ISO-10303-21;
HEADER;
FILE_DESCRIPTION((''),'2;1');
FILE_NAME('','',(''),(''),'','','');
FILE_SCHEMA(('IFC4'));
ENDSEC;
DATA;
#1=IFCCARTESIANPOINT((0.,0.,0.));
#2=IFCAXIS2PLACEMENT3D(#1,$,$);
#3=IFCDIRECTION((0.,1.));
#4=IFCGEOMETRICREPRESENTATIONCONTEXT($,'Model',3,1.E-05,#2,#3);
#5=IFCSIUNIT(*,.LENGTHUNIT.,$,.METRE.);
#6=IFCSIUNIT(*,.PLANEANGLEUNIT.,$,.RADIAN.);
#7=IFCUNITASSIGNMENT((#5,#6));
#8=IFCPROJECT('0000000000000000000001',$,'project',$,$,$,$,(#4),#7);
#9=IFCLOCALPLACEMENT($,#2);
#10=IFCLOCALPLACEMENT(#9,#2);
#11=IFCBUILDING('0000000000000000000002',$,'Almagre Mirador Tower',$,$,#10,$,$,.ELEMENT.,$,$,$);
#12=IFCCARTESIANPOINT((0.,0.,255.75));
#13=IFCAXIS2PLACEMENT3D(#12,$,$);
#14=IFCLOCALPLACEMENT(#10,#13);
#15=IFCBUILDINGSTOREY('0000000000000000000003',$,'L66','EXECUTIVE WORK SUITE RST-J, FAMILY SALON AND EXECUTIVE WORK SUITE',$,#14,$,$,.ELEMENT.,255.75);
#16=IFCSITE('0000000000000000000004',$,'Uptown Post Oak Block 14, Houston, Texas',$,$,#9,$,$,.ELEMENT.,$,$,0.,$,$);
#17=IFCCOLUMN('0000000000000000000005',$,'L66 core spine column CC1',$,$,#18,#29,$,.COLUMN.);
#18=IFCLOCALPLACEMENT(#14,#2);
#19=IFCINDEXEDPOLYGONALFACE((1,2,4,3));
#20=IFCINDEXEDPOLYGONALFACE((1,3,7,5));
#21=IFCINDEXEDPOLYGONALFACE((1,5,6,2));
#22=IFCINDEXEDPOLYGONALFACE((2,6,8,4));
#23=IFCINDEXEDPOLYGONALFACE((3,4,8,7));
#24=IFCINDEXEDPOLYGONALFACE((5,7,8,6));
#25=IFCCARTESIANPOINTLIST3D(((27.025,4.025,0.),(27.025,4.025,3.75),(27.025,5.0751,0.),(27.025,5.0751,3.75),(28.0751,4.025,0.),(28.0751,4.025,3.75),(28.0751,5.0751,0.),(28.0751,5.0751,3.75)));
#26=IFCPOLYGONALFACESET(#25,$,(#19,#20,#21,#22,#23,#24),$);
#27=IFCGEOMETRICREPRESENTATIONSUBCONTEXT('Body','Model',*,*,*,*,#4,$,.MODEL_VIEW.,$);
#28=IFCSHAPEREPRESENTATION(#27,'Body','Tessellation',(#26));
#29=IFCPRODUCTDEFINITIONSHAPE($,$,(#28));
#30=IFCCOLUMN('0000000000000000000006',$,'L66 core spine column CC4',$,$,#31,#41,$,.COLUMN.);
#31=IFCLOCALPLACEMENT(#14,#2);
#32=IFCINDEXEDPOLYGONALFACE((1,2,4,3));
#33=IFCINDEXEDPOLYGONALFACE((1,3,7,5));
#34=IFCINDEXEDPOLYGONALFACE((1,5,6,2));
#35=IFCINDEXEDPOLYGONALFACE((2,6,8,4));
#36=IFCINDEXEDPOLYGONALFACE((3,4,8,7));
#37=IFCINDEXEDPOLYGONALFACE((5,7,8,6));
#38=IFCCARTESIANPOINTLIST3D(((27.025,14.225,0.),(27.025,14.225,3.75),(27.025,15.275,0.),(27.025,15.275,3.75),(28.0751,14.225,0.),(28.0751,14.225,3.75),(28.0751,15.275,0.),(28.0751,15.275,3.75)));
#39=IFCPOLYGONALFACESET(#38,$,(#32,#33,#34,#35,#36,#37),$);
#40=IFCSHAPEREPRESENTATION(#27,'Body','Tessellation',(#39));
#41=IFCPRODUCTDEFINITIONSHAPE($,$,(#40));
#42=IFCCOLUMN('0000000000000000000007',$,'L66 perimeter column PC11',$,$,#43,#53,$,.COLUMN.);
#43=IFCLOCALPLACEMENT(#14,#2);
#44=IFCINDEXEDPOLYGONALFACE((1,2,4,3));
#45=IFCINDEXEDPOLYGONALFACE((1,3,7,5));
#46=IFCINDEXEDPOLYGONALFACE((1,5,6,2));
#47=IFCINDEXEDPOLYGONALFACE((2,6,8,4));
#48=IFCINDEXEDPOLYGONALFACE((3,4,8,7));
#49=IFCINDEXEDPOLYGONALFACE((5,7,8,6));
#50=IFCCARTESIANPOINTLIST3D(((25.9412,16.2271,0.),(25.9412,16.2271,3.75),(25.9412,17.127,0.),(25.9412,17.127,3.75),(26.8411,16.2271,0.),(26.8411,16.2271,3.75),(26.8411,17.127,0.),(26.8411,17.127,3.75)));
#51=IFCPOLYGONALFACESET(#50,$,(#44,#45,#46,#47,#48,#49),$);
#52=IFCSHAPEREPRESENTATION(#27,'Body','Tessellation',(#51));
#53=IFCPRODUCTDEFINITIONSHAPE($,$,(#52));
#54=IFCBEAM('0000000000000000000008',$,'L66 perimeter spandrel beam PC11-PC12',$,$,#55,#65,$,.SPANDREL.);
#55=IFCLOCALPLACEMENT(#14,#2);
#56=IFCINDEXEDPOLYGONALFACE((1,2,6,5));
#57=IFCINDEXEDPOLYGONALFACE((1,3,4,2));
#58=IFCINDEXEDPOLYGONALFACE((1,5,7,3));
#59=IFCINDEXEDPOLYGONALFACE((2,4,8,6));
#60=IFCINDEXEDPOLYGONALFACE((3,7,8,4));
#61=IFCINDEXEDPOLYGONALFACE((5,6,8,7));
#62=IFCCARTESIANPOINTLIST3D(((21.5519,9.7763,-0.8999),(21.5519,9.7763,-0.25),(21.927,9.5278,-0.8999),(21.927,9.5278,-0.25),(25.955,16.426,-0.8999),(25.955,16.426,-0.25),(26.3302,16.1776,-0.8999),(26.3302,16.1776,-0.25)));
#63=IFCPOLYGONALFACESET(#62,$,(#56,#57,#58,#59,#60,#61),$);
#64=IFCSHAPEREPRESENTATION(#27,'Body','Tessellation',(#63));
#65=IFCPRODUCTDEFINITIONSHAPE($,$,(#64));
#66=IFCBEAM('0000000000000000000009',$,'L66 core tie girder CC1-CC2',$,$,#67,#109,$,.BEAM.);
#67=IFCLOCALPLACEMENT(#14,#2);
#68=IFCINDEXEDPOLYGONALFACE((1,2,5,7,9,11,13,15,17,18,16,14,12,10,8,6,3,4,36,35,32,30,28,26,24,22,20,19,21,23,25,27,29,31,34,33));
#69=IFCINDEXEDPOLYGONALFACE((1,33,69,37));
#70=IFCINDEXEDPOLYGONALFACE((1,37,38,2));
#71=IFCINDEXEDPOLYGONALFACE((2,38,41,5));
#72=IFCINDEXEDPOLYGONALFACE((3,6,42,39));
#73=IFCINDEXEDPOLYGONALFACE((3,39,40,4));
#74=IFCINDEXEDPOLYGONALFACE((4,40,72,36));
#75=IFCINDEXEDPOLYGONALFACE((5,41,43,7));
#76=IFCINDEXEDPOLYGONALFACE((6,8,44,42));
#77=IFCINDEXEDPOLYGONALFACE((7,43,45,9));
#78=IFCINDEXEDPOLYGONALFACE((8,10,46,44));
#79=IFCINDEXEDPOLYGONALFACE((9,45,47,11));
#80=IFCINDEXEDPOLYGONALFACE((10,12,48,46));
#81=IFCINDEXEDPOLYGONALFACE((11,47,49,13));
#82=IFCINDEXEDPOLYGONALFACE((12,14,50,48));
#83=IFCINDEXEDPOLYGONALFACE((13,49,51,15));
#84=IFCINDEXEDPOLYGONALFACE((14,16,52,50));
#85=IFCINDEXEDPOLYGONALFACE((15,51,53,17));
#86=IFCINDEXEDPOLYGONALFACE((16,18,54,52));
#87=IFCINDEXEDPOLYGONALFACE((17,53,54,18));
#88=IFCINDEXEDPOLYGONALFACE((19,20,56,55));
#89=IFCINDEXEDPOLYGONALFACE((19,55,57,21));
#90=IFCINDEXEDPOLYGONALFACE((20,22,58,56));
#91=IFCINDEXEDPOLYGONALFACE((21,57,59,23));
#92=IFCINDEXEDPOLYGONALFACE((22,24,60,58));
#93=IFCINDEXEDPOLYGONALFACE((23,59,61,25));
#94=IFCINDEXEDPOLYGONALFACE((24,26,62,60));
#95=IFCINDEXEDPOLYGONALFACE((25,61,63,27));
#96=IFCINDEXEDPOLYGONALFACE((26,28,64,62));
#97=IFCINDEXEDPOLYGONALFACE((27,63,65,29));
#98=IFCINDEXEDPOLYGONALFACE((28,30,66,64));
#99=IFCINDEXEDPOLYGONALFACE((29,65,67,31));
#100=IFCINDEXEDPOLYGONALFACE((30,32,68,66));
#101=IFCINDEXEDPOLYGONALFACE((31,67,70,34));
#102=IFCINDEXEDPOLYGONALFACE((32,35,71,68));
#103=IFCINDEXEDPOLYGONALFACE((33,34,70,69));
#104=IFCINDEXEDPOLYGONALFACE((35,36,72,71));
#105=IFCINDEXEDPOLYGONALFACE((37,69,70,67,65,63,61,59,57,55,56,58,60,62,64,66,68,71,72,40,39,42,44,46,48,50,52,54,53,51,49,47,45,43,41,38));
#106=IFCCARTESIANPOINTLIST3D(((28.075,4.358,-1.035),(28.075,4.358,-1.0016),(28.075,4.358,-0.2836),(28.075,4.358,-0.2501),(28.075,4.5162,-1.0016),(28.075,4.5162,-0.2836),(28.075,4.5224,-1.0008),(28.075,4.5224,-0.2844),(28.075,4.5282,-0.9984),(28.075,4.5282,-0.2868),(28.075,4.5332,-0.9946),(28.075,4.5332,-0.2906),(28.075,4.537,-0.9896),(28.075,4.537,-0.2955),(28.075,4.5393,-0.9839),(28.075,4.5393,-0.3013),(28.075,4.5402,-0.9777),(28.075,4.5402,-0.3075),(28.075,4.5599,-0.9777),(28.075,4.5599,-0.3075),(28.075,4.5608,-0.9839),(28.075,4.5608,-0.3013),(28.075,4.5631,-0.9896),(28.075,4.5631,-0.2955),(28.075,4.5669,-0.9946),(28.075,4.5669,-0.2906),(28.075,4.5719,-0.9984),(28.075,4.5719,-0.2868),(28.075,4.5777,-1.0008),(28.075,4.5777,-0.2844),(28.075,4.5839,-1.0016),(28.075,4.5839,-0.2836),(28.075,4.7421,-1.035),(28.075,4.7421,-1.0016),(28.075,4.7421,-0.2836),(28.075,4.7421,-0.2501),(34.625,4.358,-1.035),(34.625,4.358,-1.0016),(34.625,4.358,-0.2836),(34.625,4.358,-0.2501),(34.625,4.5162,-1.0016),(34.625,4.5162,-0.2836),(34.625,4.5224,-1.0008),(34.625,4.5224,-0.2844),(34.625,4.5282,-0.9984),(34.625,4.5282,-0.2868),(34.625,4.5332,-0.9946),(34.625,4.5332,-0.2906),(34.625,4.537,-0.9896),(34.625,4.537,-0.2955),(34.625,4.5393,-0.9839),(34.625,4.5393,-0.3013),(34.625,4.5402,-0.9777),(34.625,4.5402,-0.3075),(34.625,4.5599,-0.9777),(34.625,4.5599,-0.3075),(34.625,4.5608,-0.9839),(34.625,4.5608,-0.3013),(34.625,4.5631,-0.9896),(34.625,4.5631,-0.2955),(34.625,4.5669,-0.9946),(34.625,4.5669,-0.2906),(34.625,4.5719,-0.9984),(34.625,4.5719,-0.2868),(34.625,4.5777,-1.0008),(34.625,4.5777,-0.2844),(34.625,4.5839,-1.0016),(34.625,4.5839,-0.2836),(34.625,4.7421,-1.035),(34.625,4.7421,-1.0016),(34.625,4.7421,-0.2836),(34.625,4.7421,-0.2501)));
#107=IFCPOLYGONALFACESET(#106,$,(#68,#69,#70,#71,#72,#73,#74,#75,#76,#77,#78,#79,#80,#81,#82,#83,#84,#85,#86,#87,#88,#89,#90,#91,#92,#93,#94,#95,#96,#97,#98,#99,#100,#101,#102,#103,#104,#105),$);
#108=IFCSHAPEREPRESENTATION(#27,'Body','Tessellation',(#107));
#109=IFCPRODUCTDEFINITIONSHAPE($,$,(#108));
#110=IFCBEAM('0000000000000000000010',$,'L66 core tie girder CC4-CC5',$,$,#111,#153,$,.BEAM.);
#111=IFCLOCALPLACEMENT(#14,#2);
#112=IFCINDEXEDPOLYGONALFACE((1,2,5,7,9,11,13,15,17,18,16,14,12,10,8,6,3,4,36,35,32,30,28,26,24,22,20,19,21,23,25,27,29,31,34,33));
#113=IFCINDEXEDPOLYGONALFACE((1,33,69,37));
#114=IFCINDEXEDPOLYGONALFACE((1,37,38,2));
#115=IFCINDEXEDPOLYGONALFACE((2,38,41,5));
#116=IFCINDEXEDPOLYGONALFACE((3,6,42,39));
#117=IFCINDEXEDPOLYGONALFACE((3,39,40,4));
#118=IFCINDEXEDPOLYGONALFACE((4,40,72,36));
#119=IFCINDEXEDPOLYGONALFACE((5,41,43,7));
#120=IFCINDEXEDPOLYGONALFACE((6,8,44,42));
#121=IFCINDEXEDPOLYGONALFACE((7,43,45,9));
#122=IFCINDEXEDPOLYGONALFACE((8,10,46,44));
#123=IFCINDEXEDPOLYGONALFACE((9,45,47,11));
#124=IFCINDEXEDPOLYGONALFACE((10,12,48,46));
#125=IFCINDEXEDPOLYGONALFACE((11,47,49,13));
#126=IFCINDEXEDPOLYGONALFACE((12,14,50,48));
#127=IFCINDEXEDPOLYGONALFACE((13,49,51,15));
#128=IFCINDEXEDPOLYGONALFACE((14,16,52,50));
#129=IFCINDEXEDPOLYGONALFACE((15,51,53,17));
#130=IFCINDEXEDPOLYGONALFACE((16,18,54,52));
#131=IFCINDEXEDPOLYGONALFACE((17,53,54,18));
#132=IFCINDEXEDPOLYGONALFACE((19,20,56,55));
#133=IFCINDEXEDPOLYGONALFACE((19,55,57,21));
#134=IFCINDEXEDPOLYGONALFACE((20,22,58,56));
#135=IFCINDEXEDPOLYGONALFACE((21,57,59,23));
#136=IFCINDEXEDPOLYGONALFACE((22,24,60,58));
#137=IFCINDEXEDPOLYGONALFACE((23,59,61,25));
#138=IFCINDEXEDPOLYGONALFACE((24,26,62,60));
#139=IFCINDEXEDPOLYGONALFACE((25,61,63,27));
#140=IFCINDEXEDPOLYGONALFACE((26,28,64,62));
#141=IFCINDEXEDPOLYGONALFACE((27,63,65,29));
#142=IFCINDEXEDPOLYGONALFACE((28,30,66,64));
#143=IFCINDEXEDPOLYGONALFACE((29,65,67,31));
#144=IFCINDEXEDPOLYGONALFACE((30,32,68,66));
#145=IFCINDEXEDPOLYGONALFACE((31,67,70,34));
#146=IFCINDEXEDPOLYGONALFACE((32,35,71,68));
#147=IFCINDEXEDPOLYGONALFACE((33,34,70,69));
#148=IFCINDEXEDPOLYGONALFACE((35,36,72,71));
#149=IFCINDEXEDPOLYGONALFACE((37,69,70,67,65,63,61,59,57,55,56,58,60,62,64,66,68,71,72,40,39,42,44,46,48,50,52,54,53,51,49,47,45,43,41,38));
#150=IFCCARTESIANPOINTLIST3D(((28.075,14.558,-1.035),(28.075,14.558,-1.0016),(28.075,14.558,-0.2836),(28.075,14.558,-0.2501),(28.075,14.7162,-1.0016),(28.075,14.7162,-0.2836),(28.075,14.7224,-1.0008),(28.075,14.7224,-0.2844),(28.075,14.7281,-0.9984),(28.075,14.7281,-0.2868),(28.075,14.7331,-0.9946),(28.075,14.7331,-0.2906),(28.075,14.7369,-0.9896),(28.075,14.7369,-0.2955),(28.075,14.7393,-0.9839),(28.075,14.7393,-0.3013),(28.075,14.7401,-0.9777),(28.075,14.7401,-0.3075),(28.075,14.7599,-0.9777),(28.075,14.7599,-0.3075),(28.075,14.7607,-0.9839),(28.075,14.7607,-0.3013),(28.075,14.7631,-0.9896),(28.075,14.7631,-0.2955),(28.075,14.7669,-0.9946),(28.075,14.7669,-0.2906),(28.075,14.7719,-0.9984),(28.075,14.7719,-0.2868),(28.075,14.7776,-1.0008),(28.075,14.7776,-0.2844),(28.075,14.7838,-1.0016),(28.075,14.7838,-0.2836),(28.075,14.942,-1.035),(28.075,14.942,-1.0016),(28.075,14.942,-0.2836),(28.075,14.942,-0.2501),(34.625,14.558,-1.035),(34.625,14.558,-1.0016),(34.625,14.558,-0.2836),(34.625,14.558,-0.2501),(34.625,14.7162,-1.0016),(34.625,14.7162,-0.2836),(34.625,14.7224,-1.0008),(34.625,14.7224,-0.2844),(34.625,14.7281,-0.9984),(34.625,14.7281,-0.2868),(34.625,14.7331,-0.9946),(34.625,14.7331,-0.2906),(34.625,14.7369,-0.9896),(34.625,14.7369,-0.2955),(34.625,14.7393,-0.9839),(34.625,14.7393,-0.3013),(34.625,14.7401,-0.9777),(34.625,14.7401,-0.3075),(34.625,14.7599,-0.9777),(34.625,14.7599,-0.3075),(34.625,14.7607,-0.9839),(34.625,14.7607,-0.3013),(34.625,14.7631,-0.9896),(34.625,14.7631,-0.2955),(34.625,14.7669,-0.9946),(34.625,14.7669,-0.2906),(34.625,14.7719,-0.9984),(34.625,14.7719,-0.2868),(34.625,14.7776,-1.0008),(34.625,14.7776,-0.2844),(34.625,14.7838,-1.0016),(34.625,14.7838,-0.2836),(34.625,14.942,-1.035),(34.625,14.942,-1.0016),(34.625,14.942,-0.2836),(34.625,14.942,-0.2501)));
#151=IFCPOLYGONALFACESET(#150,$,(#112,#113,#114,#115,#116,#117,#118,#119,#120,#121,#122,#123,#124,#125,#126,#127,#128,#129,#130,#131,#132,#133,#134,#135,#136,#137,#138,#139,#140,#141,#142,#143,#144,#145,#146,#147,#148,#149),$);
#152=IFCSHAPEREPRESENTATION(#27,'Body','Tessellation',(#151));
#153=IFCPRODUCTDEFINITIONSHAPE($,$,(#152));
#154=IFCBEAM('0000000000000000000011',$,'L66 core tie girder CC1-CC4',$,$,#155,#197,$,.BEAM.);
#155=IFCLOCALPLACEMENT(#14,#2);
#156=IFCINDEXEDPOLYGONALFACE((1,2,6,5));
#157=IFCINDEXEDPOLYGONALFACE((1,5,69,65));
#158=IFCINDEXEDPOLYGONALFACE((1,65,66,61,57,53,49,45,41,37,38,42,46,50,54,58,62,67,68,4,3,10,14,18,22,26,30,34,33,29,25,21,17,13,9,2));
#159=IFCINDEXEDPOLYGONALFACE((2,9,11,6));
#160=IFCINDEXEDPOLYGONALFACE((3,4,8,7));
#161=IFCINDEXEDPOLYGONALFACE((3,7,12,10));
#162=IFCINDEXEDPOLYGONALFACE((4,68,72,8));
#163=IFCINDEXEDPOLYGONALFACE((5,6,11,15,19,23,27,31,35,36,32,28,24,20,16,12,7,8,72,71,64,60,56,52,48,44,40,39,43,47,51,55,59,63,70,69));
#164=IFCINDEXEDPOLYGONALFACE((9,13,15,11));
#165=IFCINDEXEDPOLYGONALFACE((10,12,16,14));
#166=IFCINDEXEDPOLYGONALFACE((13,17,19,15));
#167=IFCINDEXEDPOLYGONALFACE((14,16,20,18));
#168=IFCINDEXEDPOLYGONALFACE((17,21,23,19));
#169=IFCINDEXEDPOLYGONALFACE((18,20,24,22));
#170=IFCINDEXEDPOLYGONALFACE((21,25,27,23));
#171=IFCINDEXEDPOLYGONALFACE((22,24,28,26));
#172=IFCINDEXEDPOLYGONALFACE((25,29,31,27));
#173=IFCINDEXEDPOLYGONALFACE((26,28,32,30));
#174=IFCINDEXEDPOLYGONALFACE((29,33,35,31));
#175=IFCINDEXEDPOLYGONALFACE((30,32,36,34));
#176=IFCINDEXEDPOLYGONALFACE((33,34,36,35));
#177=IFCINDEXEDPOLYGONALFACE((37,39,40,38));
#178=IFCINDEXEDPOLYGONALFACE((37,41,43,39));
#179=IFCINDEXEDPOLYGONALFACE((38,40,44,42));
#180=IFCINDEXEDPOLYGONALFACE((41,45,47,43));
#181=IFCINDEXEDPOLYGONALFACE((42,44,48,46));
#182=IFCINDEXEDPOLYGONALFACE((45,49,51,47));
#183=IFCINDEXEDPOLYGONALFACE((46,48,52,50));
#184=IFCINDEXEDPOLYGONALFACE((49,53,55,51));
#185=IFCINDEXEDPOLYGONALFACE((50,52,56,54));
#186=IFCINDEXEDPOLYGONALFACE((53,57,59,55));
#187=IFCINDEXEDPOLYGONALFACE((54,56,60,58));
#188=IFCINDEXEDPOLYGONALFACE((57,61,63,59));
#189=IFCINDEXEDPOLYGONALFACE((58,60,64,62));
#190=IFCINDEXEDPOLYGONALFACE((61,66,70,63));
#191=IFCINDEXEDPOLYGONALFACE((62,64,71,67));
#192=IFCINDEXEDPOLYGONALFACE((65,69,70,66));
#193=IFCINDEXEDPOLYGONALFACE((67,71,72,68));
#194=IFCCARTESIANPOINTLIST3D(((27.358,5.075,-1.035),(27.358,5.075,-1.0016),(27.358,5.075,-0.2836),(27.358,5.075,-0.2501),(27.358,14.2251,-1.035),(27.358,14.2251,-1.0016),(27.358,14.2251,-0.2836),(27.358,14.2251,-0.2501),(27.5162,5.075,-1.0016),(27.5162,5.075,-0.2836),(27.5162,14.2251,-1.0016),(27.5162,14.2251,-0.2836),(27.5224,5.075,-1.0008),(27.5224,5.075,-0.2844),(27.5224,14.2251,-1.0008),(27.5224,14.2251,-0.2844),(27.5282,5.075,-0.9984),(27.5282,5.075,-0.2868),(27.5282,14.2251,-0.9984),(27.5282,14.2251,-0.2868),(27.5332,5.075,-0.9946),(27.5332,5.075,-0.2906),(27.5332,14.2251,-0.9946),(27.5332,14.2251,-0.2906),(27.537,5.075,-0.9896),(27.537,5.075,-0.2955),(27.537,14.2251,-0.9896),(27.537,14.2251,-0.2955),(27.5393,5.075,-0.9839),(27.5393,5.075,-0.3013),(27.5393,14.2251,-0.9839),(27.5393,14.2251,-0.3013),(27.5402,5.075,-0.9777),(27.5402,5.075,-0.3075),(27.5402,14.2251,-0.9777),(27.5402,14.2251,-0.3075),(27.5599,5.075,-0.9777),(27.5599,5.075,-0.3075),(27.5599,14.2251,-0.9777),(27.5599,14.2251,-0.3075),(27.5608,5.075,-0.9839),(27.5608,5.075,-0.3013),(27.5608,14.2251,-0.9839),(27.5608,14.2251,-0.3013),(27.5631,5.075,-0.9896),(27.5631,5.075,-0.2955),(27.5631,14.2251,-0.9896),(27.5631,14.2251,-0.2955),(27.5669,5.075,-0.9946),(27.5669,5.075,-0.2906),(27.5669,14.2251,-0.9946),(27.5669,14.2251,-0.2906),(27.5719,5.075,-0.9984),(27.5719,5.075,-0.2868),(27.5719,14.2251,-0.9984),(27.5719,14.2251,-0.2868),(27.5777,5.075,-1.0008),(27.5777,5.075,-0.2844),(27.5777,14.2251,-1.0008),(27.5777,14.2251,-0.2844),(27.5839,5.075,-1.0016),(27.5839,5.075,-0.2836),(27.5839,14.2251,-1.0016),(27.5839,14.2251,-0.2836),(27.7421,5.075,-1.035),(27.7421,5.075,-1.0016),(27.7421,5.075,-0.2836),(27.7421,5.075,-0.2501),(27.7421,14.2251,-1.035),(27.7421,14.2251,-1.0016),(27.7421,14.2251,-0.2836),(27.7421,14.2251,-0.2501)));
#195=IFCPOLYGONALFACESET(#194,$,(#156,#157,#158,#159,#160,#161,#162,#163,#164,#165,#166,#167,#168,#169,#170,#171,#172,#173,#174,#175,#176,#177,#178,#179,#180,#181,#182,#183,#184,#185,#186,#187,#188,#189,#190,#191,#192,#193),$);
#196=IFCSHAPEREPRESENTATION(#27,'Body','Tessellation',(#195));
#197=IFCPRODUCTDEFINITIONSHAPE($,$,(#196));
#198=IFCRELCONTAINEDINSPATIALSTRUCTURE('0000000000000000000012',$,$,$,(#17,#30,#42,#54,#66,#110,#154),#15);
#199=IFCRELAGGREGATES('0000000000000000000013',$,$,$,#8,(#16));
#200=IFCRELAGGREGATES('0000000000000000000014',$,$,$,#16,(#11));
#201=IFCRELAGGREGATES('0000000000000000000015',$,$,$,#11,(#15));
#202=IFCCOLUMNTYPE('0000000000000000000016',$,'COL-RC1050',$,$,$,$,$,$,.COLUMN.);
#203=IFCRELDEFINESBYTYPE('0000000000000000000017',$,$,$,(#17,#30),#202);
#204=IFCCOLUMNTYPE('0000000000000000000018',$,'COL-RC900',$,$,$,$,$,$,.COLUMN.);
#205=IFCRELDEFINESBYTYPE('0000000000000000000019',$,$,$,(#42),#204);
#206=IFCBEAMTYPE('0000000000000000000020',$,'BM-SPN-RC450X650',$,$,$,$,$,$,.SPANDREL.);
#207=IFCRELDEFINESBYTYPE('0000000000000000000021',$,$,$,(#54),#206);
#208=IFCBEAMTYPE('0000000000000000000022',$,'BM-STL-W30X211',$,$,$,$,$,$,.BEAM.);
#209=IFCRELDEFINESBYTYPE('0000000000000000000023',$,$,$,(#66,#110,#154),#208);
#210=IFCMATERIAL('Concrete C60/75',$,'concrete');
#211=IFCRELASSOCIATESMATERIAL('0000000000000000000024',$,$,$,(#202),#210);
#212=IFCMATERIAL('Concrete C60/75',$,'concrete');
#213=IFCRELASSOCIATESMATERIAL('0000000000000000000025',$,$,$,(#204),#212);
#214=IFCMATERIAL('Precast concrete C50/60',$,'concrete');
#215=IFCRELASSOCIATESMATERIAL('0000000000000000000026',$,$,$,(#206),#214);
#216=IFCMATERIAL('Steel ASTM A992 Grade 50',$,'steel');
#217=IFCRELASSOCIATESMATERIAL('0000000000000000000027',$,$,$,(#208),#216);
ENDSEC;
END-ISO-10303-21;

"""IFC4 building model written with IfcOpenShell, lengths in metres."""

from ifc_helpers import new_model, si_unit, direction, frame, origin, origin_2d, place, context, subcontext, project, spatial, rectangle, i_section, extrude, material, material_profile, profile_set, type_object, element, save


model = new_model("IFC4")

# Units and contexts
model_context = context("Model", 3, precision=1e-05, world=origin(), true_north=direction((0.0, 1.0)))
body_context = subcontext(model_context, "Body", "Model", "MODEL_VIEW")
ifc_project = project(units=[si_unit("LENGTHUNIT", "METRE"), si_unit("PLANEANGLEUNIT", "RADIAN")], contexts=[model_context])

# Site, building, storey
site_placement = place(None, origin())
site = spatial("IfcSite", under=ifc_project, at=site_placement, Name="Uptown Post Oak Block 14, Houston, Texas", CompositionType="ELEMENT", RefElevation=0.0)
building_placement = place(site_placement, origin())
building = spatial("IfcBuilding", under=site, at=building_placement, Name="Almagre Mirador Tower", CompositionType="ELEMENT")
storey_placement = place(building_placement, frame((0.0, 0.0, 255.75)))
storey = spatial("IfcBuildingStorey", under=building, at=storey_placement, Name="L66", Description="EXECUTIVE WORK SUITE RST-J, FAMILY SALON AND EXECUTIVE WORK SUITE", CompositionType="ELEMENT", Elevation=255.75)

# Columns
ifc_material_1 = material(Name="Concrete C60/75", Category="concrete")
ifc_material_profile_1 = material_profile(ifc_material_1, rectangle(XDim=1.05, YDim=1.05, at=origin_2d()), Name="RC1050X1050")
ifc_profile_set_1 = profile_set([ifc_material_profile_1], Name="Concrete C60/75")
column_type_1 = type_object("IfcColumnType", Name="COL-RC1050", PredefinedType="COLUMN", material=ifc_profile_set_1)
for number, where, z_axis, x_axis, name in (
    (1, (27.55, 4.55, 0.0), (0.0, 0.0, 1.0), (1.0, 0.0, 0.0), "L66 core spine column CC1"),
    (2, (27.55, 14.75, 0.0), (0.0, 0.0, 1.0), (1.0, 0.0, 0.0), "L66 core spine column CC4"),
):
    element("IfcColumn", number, at=place(storey_placement, frame(where, z_axis=z_axis, x_axis=x_axis)), inside=storey, type_object=column_type_1, Name=name, PredefinedType="COLUMN", context=body_context, shape_type="SweptSolid", body=[
        extrude(rectangle(XDim=1.05, YDim=1.05, at=origin_2d()), origin(), (0.0, 0.0, 1.0), 3.75),
    ])
ifc_material_2 = material(Name="Concrete C60/75", Category="concrete")
ifc_material_profile_2 = material_profile(ifc_material_2, rectangle(XDim=0.8999, YDim=0.8999, at=origin_2d()), Name="RC900X900")
ifc_profile_set_2 = profile_set([ifc_material_profile_2], Name="Concrete C60/75")
column_type_2 = type_object("IfcColumnType", Name="COL-RC900", PredefinedType="COLUMN", material=ifc_profile_set_2)
column_placement = place(storey_placement, frame((26.3911, 16.677, 0.0), z_axis=(0.0, 0.0, 1.0), x_axis=(1.0, 0.0, 0.0)))
element("IfcColumn", 3, at=column_placement, inside=storey, type_object=column_type_2, Name="L66 perimeter column PC11", PredefinedType="COLUMN", context=body_context, shape_type="SweptSolid", body=[
    extrude(rectangle(XDim=0.8999, YDim=0.8999, at=origin_2d()), origin(), (0.0, 0.0, 1.0), 3.75),
])

# Beams
ifc_material_3 = material(Name="Precast concrete C50/60", Category="concrete")
ifc_material_profile_3 = material_profile(ifc_material_3, rectangle(XDim=0.45, YDim=0.6499, at=origin_2d()), Name="RC450X650")
ifc_profile_set_3 = profile_set([ifc_material_profile_3], Name="Precast concrete C50/60")
beam_type_1 = type_object("IfcBeamType", Name="BM-SPN-RC450X650", PredefinedType="SPANDREL", material=ifc_profile_set_3)
beam_1_placement = place(storey_placement, frame((26.1426, 16.3018, -0.575), z_axis=(-0.552091, -0.833784, 0.0), x_axis=(0.833784, -0.552091, 0.0)))
element("IfcBeam", 4, at=beam_1_placement, inside=storey, type_object=beam_type_1, Name="L66 perimeter spandrel beam PC11-PC12", PredefinedType="SPANDREL", context=body_context, shape_type="SweptSolid", body=[
    extrude(rectangle(XDim=0.45, YDim=0.6499, at=origin_2d()), origin(), (0.0, 0.0, 1.0), 7.9753),
])
ifc_material_4 = material(Name="Steel ASTM A992 Grade 50", Category="steel")
ifc_material_profile_4 = material_profile(ifc_material_4, i_section(OverallWidth=0.384, OverallDepth=0.7849, WebThickness=0.0198, FlangeThickness=0.0334, FilletRadius=0.0239, at=origin_2d()), Name="W30X211")
ifc_profile_set_4 = profile_set([ifc_material_profile_4], Name="Steel ASTM A992 Grade 50")
beam_type_2 = type_object("IfcBeamType", Name="BM-STL-W30X211", PredefinedType="BEAM", material=ifc_profile_set_4)
for number, where, z_axis, x_axis, name in (
    (5, (28.075, 4.55, -0.6426), (1.0, 0.0, 0.0), (0.0, 1.0, 0.0), "L66 core tie girder CC1-CC2"),
    (6, (28.075, 14.75, -0.6426), (1.0, 0.0, 0.0), (0.0, 1.0, 0.0), "L66 core tie girder CC4-CC5"),
):
    element("IfcBeam", number, at=place(storey_placement, frame(where, z_axis=z_axis, x_axis=x_axis)), inside=storey, type_object=beam_type_2, Name=name, PredefinedType="BEAM", context=body_context, shape_type="SweptSolid", body=[
        extrude(i_section(OverallWidth=0.384, OverallDepth=0.7849, WebThickness=0.0198, FlangeThickness=0.0334, FilletRadius=0.0239, at=origin_2d()), origin(), (0.0, 0.0, 1.0), 6.55),
    ])
beam_2_placement = place(storey_placement, frame((27.55, 5.075, -0.6426), z_axis=(0.0, 1.0, 0.0), x_axis=(-1.0, 0.0, 0.0)))
element("IfcBeam", 7, at=beam_2_placement, inside=storey, type_object=beam_type_2, Name="L66 core tie girder CC1-CC4", PredefinedType="BEAM", context=body_context, shape_type="SweptSolid", body=[
    extrude(i_section(OverallWidth=0.384, OverallDepth=0.7849, WebThickness=0.0198, FlangeThickness=0.0334, FilletRadius=0.0239, at=origin_2d()), origin(), (0.0, 0.0, 1.0), 9.1501),
])

save(model, "model.ifc")
